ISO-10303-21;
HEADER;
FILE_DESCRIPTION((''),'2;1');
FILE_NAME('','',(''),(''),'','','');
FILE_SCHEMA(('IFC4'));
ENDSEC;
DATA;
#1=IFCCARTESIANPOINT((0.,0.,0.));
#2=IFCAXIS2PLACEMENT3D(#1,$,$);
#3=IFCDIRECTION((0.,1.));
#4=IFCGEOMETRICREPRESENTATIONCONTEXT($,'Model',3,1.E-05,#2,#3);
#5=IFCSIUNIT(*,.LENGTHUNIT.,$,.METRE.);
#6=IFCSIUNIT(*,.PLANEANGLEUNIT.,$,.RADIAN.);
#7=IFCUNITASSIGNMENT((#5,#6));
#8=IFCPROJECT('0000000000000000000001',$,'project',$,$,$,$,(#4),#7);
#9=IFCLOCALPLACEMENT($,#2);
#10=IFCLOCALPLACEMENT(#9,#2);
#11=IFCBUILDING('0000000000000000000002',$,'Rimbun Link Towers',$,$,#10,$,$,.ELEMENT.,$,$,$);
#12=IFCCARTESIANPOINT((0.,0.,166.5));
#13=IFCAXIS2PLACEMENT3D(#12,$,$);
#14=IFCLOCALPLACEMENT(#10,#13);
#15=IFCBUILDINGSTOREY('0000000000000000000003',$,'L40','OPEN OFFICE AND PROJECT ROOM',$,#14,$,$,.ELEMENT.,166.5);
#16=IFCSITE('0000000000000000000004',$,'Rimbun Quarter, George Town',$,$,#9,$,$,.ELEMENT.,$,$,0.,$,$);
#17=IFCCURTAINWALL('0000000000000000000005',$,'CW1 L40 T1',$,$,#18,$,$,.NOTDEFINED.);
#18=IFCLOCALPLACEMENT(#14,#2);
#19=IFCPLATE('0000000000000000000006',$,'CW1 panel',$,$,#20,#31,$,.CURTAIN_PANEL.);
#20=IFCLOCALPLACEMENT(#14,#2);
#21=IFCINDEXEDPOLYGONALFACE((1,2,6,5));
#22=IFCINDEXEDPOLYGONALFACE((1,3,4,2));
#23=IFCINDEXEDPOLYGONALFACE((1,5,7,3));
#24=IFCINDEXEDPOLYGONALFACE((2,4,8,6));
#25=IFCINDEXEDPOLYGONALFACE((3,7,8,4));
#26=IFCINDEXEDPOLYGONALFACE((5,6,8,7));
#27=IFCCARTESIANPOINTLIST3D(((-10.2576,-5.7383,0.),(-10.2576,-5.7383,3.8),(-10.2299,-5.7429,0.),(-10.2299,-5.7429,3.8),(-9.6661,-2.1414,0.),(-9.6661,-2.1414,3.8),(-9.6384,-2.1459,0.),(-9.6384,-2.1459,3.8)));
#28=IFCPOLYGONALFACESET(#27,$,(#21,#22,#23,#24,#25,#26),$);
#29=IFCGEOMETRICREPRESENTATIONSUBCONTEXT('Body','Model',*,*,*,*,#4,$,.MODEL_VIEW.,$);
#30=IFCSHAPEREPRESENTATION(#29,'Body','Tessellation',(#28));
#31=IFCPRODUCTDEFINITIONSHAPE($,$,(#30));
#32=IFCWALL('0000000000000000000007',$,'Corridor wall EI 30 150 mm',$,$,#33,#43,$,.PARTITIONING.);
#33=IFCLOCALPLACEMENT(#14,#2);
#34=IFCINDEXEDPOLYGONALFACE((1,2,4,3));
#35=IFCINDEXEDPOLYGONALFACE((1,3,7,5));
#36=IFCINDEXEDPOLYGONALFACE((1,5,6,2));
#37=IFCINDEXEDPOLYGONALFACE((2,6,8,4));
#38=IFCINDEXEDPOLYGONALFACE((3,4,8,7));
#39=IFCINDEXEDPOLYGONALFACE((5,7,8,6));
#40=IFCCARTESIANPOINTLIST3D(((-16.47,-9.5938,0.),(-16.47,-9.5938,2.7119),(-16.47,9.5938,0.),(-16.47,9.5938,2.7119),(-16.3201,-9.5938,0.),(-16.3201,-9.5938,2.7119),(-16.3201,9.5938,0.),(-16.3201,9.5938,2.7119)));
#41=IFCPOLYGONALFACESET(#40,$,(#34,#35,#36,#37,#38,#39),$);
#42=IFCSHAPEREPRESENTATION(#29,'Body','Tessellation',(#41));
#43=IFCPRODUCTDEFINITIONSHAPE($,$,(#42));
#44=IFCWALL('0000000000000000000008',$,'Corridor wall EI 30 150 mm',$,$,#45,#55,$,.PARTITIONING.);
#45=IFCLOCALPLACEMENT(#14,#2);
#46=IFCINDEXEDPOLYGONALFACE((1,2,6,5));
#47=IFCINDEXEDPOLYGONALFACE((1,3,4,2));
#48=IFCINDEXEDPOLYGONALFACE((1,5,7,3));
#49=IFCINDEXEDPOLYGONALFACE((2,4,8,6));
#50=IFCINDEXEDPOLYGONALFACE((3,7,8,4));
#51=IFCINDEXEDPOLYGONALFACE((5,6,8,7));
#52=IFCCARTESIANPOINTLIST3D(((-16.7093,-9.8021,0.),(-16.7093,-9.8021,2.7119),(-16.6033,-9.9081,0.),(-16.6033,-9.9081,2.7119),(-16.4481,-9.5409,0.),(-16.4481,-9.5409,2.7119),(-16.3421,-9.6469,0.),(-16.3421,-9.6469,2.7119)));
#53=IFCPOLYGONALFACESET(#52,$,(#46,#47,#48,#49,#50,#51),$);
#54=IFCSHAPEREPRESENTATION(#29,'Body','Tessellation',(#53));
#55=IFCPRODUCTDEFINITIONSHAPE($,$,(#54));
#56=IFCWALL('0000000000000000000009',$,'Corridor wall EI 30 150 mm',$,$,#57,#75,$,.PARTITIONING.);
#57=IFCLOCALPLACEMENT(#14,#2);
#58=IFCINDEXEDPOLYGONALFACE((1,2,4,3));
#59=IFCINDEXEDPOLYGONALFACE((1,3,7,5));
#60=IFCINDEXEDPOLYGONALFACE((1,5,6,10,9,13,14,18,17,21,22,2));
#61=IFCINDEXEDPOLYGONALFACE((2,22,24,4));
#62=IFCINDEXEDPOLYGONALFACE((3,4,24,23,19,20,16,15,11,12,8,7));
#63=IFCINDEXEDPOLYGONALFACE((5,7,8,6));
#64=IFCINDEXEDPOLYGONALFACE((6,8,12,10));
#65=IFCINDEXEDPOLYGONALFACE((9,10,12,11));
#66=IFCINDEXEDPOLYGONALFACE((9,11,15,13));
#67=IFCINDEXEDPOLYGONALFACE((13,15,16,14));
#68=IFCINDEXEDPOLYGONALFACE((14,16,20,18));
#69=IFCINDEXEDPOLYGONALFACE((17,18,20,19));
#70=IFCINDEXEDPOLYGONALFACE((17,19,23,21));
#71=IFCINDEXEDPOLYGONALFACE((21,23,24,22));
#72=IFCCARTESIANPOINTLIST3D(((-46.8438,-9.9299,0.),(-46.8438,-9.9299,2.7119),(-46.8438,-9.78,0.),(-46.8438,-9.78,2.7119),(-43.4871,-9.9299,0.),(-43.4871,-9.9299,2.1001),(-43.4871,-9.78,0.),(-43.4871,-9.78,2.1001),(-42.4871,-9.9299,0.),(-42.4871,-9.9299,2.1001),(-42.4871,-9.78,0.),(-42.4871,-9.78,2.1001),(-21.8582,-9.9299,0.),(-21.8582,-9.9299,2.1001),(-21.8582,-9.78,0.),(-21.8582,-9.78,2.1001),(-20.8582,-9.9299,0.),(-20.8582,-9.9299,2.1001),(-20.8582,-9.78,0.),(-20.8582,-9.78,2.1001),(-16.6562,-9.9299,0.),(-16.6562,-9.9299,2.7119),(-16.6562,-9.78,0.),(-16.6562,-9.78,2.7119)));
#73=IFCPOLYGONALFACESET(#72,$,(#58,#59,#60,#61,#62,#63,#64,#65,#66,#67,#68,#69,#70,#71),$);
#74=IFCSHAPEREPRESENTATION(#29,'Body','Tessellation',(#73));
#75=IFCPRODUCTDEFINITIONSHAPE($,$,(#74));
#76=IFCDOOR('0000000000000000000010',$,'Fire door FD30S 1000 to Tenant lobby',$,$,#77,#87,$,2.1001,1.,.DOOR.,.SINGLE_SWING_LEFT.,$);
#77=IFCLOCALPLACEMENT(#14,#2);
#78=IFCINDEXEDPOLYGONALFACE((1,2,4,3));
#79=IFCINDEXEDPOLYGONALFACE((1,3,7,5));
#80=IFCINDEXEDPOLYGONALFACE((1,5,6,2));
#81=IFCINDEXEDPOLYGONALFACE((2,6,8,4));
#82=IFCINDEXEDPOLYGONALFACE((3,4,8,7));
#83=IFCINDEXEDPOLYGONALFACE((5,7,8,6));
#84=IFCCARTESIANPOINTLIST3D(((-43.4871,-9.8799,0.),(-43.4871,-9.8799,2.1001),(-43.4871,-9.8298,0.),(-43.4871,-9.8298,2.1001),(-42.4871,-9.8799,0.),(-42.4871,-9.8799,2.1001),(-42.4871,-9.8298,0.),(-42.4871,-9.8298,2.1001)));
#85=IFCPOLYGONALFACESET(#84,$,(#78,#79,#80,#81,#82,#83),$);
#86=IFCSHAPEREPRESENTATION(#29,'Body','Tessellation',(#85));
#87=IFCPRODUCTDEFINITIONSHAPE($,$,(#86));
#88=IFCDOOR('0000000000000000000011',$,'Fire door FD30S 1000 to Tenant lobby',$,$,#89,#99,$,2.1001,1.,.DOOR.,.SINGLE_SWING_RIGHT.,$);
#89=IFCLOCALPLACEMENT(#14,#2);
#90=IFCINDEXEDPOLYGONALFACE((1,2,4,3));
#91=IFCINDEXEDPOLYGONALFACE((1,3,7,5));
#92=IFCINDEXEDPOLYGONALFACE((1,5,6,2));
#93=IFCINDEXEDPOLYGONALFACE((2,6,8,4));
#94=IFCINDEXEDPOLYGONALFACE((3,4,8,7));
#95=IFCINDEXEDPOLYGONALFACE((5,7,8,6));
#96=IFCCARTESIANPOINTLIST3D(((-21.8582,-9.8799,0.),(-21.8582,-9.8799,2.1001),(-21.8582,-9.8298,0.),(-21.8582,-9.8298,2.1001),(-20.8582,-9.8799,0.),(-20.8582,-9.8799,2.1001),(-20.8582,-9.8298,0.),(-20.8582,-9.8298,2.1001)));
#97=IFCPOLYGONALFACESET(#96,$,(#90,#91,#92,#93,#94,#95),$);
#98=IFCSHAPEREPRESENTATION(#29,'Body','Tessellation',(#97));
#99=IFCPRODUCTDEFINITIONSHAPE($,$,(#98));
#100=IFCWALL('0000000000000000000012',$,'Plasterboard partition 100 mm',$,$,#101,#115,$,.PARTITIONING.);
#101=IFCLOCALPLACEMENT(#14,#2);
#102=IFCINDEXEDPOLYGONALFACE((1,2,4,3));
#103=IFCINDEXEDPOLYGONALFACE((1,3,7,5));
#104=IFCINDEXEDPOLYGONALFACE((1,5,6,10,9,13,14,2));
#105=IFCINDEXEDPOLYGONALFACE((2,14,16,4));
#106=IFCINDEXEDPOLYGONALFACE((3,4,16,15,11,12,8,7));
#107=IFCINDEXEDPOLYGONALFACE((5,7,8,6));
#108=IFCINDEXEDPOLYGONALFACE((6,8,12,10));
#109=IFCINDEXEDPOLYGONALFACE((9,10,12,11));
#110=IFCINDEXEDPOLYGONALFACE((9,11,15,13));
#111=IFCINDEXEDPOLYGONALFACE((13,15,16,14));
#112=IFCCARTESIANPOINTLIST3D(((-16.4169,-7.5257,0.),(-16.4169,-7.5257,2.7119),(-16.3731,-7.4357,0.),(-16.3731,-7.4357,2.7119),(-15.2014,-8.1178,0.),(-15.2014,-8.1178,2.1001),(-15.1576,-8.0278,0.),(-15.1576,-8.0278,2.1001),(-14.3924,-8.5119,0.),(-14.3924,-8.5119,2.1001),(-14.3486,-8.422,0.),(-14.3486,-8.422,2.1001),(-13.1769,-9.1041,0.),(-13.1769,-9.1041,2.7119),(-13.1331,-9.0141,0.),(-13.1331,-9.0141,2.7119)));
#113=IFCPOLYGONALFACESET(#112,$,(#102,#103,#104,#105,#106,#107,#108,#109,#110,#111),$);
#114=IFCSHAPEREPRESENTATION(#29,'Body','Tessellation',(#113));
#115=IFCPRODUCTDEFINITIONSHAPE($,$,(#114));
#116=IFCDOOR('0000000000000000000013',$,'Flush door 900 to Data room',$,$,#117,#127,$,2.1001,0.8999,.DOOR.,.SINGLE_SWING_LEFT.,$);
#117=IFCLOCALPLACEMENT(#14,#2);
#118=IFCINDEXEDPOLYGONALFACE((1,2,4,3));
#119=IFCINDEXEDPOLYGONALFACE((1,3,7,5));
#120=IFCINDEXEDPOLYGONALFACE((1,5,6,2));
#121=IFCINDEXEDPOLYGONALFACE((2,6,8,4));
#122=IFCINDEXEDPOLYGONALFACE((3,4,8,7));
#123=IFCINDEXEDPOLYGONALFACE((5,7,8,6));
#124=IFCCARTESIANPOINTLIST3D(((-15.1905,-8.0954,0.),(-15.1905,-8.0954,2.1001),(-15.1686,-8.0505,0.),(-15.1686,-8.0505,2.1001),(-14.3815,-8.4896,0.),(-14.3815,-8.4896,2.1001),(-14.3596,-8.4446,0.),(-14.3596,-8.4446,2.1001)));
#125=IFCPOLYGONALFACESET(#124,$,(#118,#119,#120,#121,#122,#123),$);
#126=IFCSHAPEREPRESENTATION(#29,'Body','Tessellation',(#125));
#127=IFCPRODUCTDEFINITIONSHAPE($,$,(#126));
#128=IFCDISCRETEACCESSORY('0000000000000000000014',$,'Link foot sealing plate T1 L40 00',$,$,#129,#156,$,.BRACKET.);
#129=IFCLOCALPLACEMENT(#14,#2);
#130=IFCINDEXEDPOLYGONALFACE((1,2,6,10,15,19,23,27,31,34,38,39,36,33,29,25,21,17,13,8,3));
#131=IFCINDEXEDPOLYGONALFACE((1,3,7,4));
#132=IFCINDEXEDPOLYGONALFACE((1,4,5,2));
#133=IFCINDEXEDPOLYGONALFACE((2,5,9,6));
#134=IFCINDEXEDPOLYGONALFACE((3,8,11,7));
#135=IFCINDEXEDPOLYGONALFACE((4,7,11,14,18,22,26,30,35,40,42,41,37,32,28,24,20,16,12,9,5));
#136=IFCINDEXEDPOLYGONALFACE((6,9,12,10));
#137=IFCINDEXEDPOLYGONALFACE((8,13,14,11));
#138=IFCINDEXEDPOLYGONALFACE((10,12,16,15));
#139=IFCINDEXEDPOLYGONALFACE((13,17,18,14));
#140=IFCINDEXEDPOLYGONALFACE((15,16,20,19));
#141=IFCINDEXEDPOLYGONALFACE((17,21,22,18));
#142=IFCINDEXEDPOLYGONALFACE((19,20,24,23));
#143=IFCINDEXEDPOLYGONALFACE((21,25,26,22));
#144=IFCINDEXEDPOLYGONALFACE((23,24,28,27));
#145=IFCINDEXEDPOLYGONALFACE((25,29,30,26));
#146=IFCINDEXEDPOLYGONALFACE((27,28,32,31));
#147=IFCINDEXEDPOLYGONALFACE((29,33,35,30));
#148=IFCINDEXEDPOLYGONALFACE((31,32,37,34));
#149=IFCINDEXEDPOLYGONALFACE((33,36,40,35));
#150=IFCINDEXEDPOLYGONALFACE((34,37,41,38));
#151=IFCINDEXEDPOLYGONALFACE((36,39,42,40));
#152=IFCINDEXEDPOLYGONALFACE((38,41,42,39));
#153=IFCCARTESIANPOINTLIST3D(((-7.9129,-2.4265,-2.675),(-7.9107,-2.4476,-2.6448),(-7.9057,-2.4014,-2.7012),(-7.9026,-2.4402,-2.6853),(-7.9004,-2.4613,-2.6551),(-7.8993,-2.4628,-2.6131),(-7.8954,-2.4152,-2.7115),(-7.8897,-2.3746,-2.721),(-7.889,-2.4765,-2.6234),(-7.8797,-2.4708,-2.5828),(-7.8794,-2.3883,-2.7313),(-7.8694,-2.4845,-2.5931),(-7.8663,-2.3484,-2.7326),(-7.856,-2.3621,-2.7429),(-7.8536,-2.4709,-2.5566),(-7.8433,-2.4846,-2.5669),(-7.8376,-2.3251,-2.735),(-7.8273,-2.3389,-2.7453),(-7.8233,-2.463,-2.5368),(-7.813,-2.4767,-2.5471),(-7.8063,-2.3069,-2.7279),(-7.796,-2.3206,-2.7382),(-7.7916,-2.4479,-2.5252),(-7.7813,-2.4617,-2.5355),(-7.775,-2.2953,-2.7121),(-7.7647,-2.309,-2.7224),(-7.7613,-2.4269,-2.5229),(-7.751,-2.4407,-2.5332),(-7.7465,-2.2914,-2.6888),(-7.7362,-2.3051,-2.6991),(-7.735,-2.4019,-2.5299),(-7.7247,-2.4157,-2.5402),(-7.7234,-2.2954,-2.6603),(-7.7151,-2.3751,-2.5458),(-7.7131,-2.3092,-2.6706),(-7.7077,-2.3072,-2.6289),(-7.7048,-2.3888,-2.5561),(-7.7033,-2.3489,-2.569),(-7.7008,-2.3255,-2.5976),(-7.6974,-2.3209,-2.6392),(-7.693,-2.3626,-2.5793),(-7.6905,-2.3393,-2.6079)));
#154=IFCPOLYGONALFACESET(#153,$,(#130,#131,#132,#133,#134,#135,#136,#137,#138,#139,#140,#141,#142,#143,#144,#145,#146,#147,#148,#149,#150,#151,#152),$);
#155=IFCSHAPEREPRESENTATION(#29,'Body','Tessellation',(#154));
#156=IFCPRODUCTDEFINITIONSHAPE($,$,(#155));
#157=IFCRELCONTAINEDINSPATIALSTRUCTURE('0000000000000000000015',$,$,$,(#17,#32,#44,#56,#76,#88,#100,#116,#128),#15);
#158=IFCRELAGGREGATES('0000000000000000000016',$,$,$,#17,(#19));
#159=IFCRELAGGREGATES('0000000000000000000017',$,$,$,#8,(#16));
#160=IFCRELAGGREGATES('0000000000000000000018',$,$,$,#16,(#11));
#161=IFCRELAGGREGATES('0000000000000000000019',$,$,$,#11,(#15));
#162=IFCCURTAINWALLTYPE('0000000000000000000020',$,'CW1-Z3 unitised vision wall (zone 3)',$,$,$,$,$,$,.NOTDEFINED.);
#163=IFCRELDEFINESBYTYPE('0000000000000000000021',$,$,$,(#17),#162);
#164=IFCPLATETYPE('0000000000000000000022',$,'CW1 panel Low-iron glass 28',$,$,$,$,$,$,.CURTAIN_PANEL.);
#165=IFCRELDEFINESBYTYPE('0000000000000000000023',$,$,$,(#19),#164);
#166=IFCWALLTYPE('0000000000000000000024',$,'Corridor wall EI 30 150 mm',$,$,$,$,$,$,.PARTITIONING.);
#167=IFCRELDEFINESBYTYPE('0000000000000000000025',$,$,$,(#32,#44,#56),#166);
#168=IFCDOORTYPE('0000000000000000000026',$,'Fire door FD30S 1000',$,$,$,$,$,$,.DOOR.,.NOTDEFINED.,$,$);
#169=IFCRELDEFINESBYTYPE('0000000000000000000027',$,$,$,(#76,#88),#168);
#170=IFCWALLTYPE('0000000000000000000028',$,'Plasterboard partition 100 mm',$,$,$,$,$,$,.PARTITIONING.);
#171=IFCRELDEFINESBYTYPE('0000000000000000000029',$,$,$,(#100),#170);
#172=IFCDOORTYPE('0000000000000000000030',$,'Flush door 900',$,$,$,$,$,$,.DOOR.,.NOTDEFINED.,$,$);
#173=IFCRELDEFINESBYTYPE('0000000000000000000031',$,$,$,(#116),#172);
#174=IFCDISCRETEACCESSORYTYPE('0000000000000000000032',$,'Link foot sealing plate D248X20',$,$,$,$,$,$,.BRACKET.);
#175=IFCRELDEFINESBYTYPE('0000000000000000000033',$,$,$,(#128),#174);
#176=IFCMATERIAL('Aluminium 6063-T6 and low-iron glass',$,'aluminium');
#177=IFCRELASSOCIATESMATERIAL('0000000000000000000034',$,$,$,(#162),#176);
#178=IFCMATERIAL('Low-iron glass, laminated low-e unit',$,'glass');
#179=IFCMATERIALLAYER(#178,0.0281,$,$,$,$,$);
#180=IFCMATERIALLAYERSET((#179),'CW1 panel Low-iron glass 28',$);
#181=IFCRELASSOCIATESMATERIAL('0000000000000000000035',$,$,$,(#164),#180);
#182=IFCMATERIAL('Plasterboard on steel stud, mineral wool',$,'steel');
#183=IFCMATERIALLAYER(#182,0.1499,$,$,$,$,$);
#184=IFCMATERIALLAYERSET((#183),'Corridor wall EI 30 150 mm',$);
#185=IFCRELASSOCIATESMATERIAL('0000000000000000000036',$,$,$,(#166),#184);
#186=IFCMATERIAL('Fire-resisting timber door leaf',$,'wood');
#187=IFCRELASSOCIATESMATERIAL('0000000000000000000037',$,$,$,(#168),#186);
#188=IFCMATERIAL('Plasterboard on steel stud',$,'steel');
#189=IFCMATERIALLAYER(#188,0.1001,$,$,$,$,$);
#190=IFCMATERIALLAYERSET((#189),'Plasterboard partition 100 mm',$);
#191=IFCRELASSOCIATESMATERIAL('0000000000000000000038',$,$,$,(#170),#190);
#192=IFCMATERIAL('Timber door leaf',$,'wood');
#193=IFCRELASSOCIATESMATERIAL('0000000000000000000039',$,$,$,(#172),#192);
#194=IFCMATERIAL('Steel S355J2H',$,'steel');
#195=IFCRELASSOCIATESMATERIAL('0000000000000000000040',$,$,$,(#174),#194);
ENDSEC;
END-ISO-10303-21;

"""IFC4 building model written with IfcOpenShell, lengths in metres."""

from ifc_helpers import new_model, si_unit, direction, frame, frame_2d, origin, origin_2d, place, context, subcontext, project, spatial, rectangle, circle, extrude, material, layer, layer_set, material_profile, profile_set, type_object, element, fill, aggregate, save


model = new_model("IFC4")

# Units and contexts
model_context = context("Model", 3, precision=1e-05, world=origin(), true_north=direction((0.0, 1.0)))
body_context = subcontext(model_context, "Body", "Model", "MODEL_VIEW")
ifc_project = project(units=[si_unit("LENGTHUNIT", "METRE"), si_unit("PLANEANGLEUNIT", "RADIAN")], contexts=[model_context])

# Site, building, storey
site_placement = place(None, origin())
site = spatial("IfcSite", under=ifc_project, at=site_placement, Name="Rimbun Quarter, George Town", CompositionType="ELEMENT", RefElevation=0.0)
building_placement = place(site_placement, origin())
building = spatial("IfcBuilding", under=site, at=building_placement, Name="Rimbun Link Towers", CompositionType="ELEMENT")
storey_placement = place(building_placement, frame((0.0, 0.0, 166.5)))
storey = spatial("IfcBuildingStorey", under=building, at=storey_placement, Name="L40", Description="OPEN OFFICE AND PROJECT ROOM", CompositionType="ELEMENT", Elevation=166.5)

# Curtain wall
ifc_material_1 = material(Name="Aluminium 6063-T6 and low-iron glass", Category="aluminium")
curtain_wall_type = type_object("IfcCurtainWallType", Name="CW1-Z3 unitised vision wall (zone 3)", PredefinedType="NOTDEFINED", material=ifc_material_1)
curtain_wall_placement = place(storey_placement, origin())
curtain_wall = element("IfcCurtainWall", 1, at=curtain_wall_placement, inside=storey, type_object=curtain_wall_type, Name="CW1 L40 T1", PredefinedType="NOTDEFINED")

# Plate
ifc_material_2 = material(Name="Low-iron glass, laminated low-e unit", Category="glass")
ifc_layer_1 = layer(ifc_material_2, 0.0281)
ifc_layer_set_1 = layer_set([ifc_layer_1], Name="CW1 panel Low-iron glass 28")
plate_type = type_object("IfcPlateType", Name="CW1 panel Low-iron glass 28", PredefinedType="CURTAIN_PANEL", material=ifc_layer_set_1)
plate_1_placement = place(storey_placement, frame((-9.948, -3.9421, 0.0), z_axis=(0.0, 0.0, 1.0), x_axis=(-0.162253, -0.986749, 0.0)))
plate_1 = element("IfcPlate", 2, at=plate_1_placement, type_object=plate_type, Name="CW1 panel", PredefinedType="CURTAIN_PANEL", context=body_context, shape_type="SweptSolid", body=[
    extrude(rectangle(XDim=3.6453, YDim=0.0281, at=origin_2d()), origin(), (0.0, 0.0, 1.0), 3.8),
])
aggregate(curtain_wall, [plate_1])

# Walls
ifc_material_3 = material(Name="Plasterboard on steel stud, mineral wool", Category="steel")
ifc_layer_2 = layer(ifc_material_3, 0.1499)
ifc_layer_set_2 = layer_set([ifc_layer_2], Name="Corridor wall EI 30 150 mm")
wall_type_1 = type_object("IfcWallType", Name="Corridor wall EI 30 150 mm", PredefinedType="PARTITIONING", material=ifc_layer_set_2)
wall_1_placement = place(storey_placement, frame((-16.395, -9.5938, 0.0), z_axis=(0.0, 0.0, 1.0), x_axis=(0.0, 1.0, 0.0)))
element("IfcWall", 3, at=wall_1_placement, inside=storey, type_object=wall_type_1, Name="Corridor wall EI 30 150 mm", PredefinedType="PARTITIONING", context=body_context, shape_type="SweptSolid", body=[
    extrude(rectangle(XDim=19.1875, YDim=0.1499, at=frame_2d((9.5938, 0.0))), origin(), (0.0, 0.0, 1.0), 2.7119),
])
wall_2_placement = place(storey_placement, frame((-16.6562, -9.855, 0.0), z_axis=(0.0, 0.0, 1.0), x_axis=(0.707107, 0.707107, 0.0)))
element("IfcWall", 4, at=wall_2_placement, inside=storey, type_object=wall_type_1, Name="Corridor wall EI 30 150 mm", PredefinedType="PARTITIONING", context=body_context, shape_type="SweptSolid", body=[
    extrude(rectangle(XDim=0.3694, YDim=0.1499, at=frame_2d((0.1846, 0.0))), origin(), (0.0, 0.0, 1.0), 2.7119),
])

# Wall, openings, doors
wall_3_placement = place(storey_placement, frame((-16.6562, -9.855, 0.0), z_axis=(0.0, 0.0, 1.0), x_axis=(-1.0, 0.0, 0.0)))
wall_3 = element("IfcWall", 5, at=wall_3_placement, inside=storey, type_object=wall_type_1, Name="Corridor wall EI 30 150 mm", PredefinedType="PARTITIONING", context=body_context, shape_type="SweptSolid", body=[
    extrude(rectangle(XDim=30.1875, YDim=0.1499, at=frame_2d((15.0938, 0.0))), origin(), (0.0, 0.0, 1.0), 2.7119),
])
opening_1_placement = place(wall_3_placement, frame((25.8308, 0.0, 0.0)))
opening_1 = element("IfcOpeningElement", 6, at=opening_1_placement, cuts=wall_3, PredefinedType="OPENING", context=body_context, shape_type="SweptSolid", body=[
    extrude(rectangle(XDim=1.0, YDim=2.1001, at=frame_2d((0.5, 1.05))), frame((0.0, 0.085, 0.0), z_axis=(0.0, -1.0, 0.0), x_axis=(1.0, 0.0, 0.0)), (0.0, 0.0, 1.0), 0.1699),
])
opening_2_placement = place(wall_3_placement, frame((4.2019, 0.0, 0.0)))
opening_2 = element("IfcOpeningElement", 7, at=opening_2_placement, cuts=wall_3, PredefinedType="OPENING", context=body_context, shape_type="SweptSolid", body=[
    extrude(rectangle(XDim=1.0, YDim=2.1001, at=frame_2d((0.5, 1.05))), frame((0.0, 0.085, 0.0), z_axis=(0.0, -1.0, 0.0), x_axis=(1.0, 0.0, 0.0)), (0.0, 0.0, 1.0), 0.1699),
])
ifc_material_4 = material(Name="Fire-resisting timber door leaf", Category="wood")
door_type_1 = type_object("IfcDoorType", Name="Fire door FD30S 1000", OperationType="NOTDEFINED", PredefinedType="DOOR", material=ifc_material_4)
door_1_placement = place(opening_1_placement, origin())
door_1 = element("IfcDoor", 8, at=door_1_placement, inside=storey, type_object=door_type_1, Name="Fire door FD30S 1000 to Tenant lobby", OperationType="SINGLE_SWING_LEFT", OverallHeight=2.1001, OverallWidth=1.0, PredefinedType="DOOR", context=body_context, shape_type="SweptSolid", body=[
    extrude(rectangle(XDim=1.0, YDim=2.1001, at=frame_2d((0.5, 1.05))), frame((0.0, 0.0249, 0.0), z_axis=(0.0, -1.0, 0.0), x_axis=(1.0, 0.0, 0.0)), (0.0, 0.0, 1.0), 0.05),
])
fill(opening_1, door_1)
door_2_placement = place(opening_2_placement, origin())
door_2 = element("IfcDoor", 9, at=door_2_placement, inside=storey, type_object=door_type_1, Name="Fire door FD30S 1000 to Tenant lobby", OperationType="SINGLE_SWING_RIGHT", OverallHeight=2.1001, OverallWidth=1.0, PredefinedType="DOOR", context=body_context, shape_type="SweptSolid", body=[
    extrude(rectangle(XDim=1.0, YDim=2.1001, at=frame_2d((0.5, 1.05))), frame((0.0, 0.0249, 0.0), z_axis=(0.0, -1.0, 0.0), x_axis=(1.0, 0.0, 0.0)), (0.0, 0.0, 1.0), 0.05),
])
fill(opening_2, door_2)

# Wall, opening, door
ifc_material_5 = material(Name="Plasterboard on steel stud", Category="steel")
ifc_layer_3 = layer(ifc_material_5, 0.1001)
ifc_layer_set_3 = layer_set([ifc_layer_3], Name="Plasterboard partition 100 mm")
wall_type_2 = type_object("IfcWallType", Name="Plasterboard partition 100 mm", PredefinedType="PARTITIONING", material=ifc_layer_set_3)
wall_4_placement = place(storey_placement, frame((-16.395, -7.4807, 0.0), z_axis=(0.0, 0.0, 1.0), x_axis=(0.898999, -0.43795, 0.0)))
wall_4 = element("IfcWall", 10, at=wall_4_placement, inside=storey, type_object=wall_type_2, Name="Plasterboard partition 100 mm", PredefinedType="PARTITIONING", context=body_context, shape_type="SweptSolid", body=[
    extrude(rectangle(XDim=3.604, YDim=0.1001, at=frame_2d((1.802, 0.0))), origin(), (0.0, 0.0, 1.0), 2.7119),
])
opening_3_placement = place(wall_4_placement, frame((1.3521, 0.0, 0.0)))
opening_3 = element("IfcOpeningElement", 11, at=opening_3_placement, cuts=wall_4, PredefinedType="OPENING", context=body_context, shape_type="SweptSolid", body=[
    extrude(rectangle(XDim=0.8999, YDim=2.1001, at=frame_2d((0.45, 1.05))), frame((0.0, 0.0601, 0.0), z_axis=(0.0, -1.0, 0.0), x_axis=(1.0, 0.0, 0.0)), (0.0, 0.0, 1.0), 0.1201),
])
ifc_material_6 = material(Name="Timber door leaf", Category="wood")
door_type_2 = type_object("IfcDoorType", Name="Flush door 900", OperationType="NOTDEFINED", PredefinedType="DOOR", material=ifc_material_6)
door_3_placement = place(opening_3_placement, origin())
door_3 = element("IfcDoor", 12, at=door_3_placement, inside=storey, type_object=door_type_2, Name="Flush door 900 to Data room", OperationType="SINGLE_SWING_LEFT", OverallHeight=2.1001, OverallWidth=0.8999, PredefinedType="DOOR", context=body_context, shape_type="SweptSolid", body=[
    extrude(rectangle(XDim=0.8999, YDim=2.1001, at=frame_2d((0.45, 1.05))), frame((0.0, 0.0249, 0.0), z_axis=(0.0, -1.0, 0.0), x_axis=(1.0, 0.0, 0.0)), (0.0, 0.0, 1.0), 0.05),
])
fill(opening_3, door_3)

# Discrete accessory
ifc_material_7 = material(Name="Steel S355J2H", Category="steel")
ifc_material_profile_1 = material_profile(ifc_material_7, circle(Radius=0.124, at=origin_2d()), Name="PL D248")
ifc_profile_set_1 = profile_set([ifc_material_profile_1], Name="Steel S355J2H")
discrete_accessory_type_1 = type_object("IfcDiscreteAccessoryType", Name="Link foot sealing plate D248X20", PredefinedType="BRACKET", material=ifc_profile_set_1)
for number, where, z_axis, x_axis, name in (
    (13, (-7.8069, -2.3816, -2.6289), (0.514496, -0.685994, -0.514496), (0.8, 0.6, 0.0), "Link foot sealing plate T1 L40 00"),
):
    element("IfcDiscreteAccessory", number, at=place(storey_placement, frame(where, z_axis=z_axis, x_axis=x_axis)), inside=storey, type_object=discrete_accessory_type_1, Name=name, PredefinedType="BRACKET", context=body_context, shape_type="SweptSolid", body=[
        extrude(circle(Radius=0.124, at=origin_2d()), origin(), (0.0, 0.0, 1.0), 0.02),
    ])

save(model, "model.ifc")
